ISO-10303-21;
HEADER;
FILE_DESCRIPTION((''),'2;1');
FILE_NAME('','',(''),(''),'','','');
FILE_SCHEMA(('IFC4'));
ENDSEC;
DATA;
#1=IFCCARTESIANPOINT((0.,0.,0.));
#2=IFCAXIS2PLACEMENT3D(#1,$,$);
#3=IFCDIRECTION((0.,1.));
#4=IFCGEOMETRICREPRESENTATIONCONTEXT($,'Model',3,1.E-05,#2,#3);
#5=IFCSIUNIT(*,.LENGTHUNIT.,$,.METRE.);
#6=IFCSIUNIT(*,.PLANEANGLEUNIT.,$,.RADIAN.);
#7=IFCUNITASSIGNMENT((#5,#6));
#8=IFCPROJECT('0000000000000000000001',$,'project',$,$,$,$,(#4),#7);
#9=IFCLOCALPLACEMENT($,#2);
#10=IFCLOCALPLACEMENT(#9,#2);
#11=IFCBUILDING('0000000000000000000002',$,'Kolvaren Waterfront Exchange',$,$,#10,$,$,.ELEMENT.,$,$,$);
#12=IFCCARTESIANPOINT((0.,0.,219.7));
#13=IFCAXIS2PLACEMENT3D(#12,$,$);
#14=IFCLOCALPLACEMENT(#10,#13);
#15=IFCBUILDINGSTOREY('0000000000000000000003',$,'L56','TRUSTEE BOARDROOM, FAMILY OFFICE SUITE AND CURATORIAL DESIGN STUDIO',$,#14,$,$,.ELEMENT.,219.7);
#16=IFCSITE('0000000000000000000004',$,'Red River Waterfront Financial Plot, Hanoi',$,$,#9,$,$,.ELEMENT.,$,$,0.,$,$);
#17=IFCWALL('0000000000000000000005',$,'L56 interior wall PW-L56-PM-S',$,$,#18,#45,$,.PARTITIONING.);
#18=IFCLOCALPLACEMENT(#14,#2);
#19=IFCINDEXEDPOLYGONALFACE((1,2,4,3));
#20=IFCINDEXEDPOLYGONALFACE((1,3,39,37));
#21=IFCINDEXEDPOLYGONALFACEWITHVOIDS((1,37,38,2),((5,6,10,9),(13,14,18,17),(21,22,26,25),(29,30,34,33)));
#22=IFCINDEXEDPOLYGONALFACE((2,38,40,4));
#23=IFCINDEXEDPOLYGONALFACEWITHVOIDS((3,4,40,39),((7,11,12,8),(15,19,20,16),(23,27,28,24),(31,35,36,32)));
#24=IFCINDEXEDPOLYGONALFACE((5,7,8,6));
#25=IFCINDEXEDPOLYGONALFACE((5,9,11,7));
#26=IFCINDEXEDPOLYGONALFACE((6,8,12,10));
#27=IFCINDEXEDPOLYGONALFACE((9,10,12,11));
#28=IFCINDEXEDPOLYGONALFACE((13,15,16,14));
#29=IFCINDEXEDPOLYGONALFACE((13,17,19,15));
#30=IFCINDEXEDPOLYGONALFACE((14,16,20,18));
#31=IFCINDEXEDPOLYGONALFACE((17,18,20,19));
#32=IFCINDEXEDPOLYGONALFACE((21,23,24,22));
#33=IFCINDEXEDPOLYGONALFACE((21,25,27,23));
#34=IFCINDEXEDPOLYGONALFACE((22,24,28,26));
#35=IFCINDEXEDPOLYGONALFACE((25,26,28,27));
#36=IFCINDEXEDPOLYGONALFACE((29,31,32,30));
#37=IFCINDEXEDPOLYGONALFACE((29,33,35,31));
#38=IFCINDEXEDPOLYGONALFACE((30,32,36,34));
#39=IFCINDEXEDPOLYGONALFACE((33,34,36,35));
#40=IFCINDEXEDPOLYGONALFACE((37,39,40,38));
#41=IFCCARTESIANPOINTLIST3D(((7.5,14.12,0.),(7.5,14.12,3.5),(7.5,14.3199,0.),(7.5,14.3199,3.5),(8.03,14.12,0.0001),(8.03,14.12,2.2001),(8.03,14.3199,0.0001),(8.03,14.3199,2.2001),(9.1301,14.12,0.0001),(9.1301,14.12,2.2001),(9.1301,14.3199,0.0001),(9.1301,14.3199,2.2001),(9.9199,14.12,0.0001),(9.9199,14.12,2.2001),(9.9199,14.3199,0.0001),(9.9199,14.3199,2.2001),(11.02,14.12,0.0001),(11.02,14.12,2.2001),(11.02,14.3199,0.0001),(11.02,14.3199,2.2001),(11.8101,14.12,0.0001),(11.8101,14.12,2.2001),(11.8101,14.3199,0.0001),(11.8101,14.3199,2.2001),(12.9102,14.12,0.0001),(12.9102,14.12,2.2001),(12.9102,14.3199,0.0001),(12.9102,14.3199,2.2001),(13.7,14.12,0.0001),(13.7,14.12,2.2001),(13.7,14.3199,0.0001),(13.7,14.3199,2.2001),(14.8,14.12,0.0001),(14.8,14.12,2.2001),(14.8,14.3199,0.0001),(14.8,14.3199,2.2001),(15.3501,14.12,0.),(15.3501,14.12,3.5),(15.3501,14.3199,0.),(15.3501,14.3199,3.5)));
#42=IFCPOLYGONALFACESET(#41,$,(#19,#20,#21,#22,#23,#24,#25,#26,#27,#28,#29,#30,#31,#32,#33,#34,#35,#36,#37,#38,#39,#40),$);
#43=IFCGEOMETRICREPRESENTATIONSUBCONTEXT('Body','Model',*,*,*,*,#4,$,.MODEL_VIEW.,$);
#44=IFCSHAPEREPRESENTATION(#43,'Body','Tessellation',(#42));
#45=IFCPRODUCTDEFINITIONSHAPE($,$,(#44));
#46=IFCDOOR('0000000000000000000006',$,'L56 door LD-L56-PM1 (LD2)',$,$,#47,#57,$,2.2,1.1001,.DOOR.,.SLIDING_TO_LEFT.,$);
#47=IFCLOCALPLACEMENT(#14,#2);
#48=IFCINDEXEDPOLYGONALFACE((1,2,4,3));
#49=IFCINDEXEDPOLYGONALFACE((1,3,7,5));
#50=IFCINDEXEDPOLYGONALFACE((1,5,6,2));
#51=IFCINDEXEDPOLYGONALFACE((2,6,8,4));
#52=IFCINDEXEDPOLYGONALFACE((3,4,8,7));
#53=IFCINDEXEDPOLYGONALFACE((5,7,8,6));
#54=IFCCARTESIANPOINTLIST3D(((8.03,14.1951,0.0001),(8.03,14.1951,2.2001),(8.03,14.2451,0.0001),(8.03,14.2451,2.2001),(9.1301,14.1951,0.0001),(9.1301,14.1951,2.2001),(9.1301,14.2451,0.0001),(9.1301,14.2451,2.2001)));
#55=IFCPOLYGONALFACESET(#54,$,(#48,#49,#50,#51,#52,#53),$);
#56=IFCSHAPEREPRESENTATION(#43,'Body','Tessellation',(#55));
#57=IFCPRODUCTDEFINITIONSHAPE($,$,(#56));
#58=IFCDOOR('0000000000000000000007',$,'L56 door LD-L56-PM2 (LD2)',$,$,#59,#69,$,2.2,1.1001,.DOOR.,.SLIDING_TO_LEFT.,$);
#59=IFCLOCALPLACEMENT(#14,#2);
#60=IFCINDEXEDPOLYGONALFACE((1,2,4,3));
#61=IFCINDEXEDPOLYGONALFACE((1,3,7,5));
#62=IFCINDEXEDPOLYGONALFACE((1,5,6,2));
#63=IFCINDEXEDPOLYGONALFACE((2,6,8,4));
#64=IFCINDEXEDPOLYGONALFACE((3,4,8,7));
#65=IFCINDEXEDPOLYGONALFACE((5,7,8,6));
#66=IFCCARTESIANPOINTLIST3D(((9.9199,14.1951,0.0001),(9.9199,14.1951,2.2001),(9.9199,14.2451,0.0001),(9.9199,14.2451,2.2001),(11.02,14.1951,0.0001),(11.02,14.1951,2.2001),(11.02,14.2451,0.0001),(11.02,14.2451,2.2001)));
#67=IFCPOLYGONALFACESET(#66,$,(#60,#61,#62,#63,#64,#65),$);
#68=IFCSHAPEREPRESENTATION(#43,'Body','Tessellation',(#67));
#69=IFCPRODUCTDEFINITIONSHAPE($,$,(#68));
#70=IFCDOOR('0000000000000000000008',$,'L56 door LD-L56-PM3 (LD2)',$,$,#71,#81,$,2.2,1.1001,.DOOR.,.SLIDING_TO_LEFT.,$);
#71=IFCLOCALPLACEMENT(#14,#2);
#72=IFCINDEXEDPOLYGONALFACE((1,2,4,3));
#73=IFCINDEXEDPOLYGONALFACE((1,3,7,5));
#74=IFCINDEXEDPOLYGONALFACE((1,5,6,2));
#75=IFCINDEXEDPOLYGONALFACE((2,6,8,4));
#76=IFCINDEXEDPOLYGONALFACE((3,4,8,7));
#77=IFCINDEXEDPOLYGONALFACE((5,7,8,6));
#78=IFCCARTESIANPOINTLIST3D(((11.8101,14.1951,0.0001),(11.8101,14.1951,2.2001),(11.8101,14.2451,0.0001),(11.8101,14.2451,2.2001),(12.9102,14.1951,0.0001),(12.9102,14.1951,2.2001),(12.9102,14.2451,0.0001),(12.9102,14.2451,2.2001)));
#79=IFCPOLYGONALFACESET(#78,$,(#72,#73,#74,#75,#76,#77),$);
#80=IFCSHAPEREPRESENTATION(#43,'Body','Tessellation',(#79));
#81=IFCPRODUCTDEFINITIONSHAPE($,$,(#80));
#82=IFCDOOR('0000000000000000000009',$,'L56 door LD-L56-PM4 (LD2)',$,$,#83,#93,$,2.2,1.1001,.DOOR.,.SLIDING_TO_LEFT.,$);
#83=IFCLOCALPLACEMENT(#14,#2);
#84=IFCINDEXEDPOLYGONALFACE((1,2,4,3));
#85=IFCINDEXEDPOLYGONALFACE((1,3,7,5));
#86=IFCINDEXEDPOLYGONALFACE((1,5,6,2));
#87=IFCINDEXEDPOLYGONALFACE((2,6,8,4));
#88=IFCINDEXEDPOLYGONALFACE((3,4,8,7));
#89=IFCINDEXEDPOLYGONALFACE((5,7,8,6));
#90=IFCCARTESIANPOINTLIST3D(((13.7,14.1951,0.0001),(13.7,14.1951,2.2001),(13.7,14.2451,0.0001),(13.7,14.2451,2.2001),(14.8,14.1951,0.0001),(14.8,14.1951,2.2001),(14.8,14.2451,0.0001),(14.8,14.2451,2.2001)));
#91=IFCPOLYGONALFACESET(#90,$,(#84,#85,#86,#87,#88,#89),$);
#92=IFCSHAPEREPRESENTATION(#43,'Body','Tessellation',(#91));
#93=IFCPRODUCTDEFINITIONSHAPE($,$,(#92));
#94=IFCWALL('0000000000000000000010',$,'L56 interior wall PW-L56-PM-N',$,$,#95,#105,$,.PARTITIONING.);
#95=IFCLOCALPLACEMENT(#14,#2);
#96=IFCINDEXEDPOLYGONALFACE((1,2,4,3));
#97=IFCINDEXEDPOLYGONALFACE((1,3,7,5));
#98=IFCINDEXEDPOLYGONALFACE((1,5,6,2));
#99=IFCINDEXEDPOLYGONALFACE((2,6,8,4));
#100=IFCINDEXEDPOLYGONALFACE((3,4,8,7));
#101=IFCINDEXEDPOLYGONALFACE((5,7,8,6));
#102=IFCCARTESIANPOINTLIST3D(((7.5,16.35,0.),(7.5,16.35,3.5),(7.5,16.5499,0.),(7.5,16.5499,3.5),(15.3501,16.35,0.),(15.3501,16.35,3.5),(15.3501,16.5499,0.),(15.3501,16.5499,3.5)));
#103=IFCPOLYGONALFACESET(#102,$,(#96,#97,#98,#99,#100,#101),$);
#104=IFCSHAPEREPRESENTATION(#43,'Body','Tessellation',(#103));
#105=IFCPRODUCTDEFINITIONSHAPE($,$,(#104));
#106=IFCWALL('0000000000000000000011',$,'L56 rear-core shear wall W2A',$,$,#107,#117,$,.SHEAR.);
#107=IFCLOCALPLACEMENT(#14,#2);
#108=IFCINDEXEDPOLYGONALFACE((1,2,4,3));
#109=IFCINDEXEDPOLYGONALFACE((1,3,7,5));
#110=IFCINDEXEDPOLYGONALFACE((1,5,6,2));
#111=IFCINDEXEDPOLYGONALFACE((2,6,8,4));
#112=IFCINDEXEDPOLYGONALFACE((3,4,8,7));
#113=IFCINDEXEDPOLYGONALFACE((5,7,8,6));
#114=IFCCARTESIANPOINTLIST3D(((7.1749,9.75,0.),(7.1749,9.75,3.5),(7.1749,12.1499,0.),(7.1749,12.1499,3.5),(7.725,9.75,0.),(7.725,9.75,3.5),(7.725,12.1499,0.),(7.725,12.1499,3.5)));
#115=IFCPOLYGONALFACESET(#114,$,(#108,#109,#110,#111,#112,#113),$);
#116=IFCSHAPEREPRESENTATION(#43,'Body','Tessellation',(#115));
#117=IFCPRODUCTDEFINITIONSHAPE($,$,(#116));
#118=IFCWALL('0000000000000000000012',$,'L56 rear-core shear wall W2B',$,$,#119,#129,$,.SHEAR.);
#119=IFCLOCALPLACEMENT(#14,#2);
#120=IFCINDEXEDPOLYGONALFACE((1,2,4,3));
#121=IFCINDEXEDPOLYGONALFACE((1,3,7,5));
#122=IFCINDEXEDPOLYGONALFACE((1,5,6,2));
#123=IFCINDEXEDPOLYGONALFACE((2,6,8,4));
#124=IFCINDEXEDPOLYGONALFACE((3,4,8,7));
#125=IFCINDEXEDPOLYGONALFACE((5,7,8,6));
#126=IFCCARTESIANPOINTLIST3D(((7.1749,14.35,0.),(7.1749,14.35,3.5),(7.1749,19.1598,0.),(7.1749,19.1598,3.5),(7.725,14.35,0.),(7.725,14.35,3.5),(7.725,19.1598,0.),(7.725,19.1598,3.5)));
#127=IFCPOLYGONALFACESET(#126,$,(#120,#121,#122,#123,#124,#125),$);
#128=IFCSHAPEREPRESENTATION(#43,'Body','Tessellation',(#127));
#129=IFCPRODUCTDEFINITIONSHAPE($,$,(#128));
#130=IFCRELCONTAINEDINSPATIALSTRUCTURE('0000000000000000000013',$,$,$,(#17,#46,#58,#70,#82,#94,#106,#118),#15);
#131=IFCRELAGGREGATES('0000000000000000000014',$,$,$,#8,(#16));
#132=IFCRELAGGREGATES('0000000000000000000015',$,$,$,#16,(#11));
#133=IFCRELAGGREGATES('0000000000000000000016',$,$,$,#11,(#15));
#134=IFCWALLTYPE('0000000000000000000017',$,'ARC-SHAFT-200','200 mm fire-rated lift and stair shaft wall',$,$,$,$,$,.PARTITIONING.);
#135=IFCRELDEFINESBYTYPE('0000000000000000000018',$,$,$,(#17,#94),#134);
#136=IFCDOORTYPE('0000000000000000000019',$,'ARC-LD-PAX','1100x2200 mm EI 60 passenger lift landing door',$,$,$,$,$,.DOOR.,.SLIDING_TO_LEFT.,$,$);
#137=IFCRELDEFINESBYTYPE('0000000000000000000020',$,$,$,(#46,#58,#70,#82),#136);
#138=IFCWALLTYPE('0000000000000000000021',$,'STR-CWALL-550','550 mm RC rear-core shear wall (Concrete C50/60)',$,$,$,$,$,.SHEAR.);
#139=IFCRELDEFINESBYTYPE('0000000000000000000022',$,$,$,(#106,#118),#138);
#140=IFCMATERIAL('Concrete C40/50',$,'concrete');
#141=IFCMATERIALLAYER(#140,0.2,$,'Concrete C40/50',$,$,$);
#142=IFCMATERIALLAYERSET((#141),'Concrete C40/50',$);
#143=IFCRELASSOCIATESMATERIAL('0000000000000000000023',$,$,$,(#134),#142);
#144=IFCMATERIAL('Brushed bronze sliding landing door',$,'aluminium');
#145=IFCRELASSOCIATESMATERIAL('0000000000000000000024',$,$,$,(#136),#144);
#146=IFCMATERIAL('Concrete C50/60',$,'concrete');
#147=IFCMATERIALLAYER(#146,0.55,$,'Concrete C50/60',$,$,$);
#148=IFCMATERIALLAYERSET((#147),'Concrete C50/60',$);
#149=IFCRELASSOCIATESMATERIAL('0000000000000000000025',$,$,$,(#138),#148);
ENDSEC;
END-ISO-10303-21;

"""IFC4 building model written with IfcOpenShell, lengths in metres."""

from ifc_helpers import new_model, si_unit, direction, frame, frame_2d, origin, place, context, subcontext, project, spatial, rectangle, extrude, material, layer, layer_set, type_object, element, fill, save


model = new_model("IFC4")

# Units and contexts
model_context = context("Model", 3, precision=1e-05, world=origin(), true_north=direction((0.0, 1.0)))
body_context = subcontext(model_context, "Body", "Model", "MODEL_VIEW")
ifc_project = project(units=[si_unit("LENGTHUNIT", "METRE"), si_unit("PLANEANGLEUNIT", "RADIAN")], contexts=[model_context])

# Site, building, storey
site_placement = place(None, origin())
site = spatial("IfcSite", under=ifc_project, at=site_placement, Name="Red River Waterfront Financial Plot, Hanoi", CompositionType="ELEMENT", RefElevation=0.0)
building_placement = place(site_placement, origin())
building = spatial("IfcBuilding", under=site, at=building_placement, Name="Kolvaren Waterfront Exchange", CompositionType="ELEMENT")
storey_placement = place(building_placement, frame((0.0, 0.0, 219.7)))
storey = spatial("IfcBuildingStorey", under=building, at=storey_placement, Name="L56", Description="TRUSTEE BOARDROOM, FAMILY OFFICE SUITE AND CURATORIAL DESIGN STUDIO", CompositionType="ELEMENT", Elevation=219.7)

# Wall, openings, doors
ifc_material_1 = material(Name="Concrete C40/50", Category="concrete")
ifc_layer_1 = layer(ifc_material_1, 0.2, Name="Concrete C40/50")
ifc_layer_set_1 = layer_set([ifc_layer_1], Name="Concrete C40/50")
wall_type_1 = type_object("IfcWallType", Name="ARC-SHAFT-200", Description="200 mm fire-rated lift and stair shaft wall", PredefinedType="PARTITIONING", material=ifc_layer_set_1)
wall_1_placement = place(storey_placement, frame((7.5, 14.22, 0.0), z_axis=(0.0, 0.0, 1.0), x_axis=(1.0, 0.0, 0.0)))
wall_1 = element("IfcWall", 1, at=wall_1_placement, inside=storey, type_object=wall_type_1, Name="L56 interior wall PW-L56-PM-S", PredefinedType="PARTITIONING", context=body_context, shape_type="SweptSolid", body=[
    extrude(rectangle(XDim=7.8501, YDim=0.2, at=frame_2d((3.925, 0.0))), origin(), (0.0, 0.0, 1.0), 3.5),
])
opening_1_placement = place(wall_1_placement, frame((0.53, 0.0, 0.0)))
opening_1 = element("IfcOpeningElement", 2, at=opening_1_placement, cuts=wall_1, PredefinedType="OPENING", context=body_context, shape_type="SweptSolid", body=[
    extrude(rectangle(XDim=1.1001, YDim=2.2, at=frame_2d((0.55, 1.1001))), frame((0.0, 0.1099, 0.0), z_axis=(0.0, -1.0, 0.0), x_axis=(1.0, 0.0, 0.0)), (0.0, 0.0, 1.0), 0.22),
])
opening_2_placement = place(wall_1_placement, frame((2.4199, 0.0, 0.0)))
opening_2 = element("IfcOpeningElement", 3, at=opening_2_placement, cuts=wall_1, PredefinedType="OPENING", context=body_context, shape_type="SweptSolid", body=[
    extrude(rectangle(XDim=1.1001, YDim=2.2, at=frame_2d((0.55, 1.1001))), frame((0.0, 0.1099, 0.0), z_axis=(0.0, -1.0, 0.0), x_axis=(1.0, 0.0, 0.0)), (0.0, 0.0, 1.0), 0.22),
])
opening_3_placement = place(wall_1_placement, frame((4.3101, 0.0, 0.0)))
opening_3 = element("IfcOpeningElement", 4, at=opening_3_placement, cuts=wall_1, PredefinedType="OPENING", context=body_context, shape_type="SweptSolid", body=[
    extrude(rectangle(XDim=1.1001, YDim=2.2, at=frame_2d((0.55, 1.1001))), frame((0.0, 0.1099, 0.0), z_axis=(0.0, -1.0, 0.0), x_axis=(1.0, 0.0, 0.0)), (0.0, 0.0, 1.0), 0.22),
])
opening_4_placement = place(wall_1_placement, frame((6.2, 0.0, 0.0)))
opening_4 = element("IfcOpeningElement", 5, at=opening_4_placement, cuts=wall_1, PredefinedType="OPENING", context=body_context, shape_type="SweptSolid", body=[
    extrude(rectangle(XDim=1.1001, YDim=2.2, at=frame_2d((0.55, 1.1001))), frame((0.0, 0.1099, 0.0), z_axis=(0.0, -1.0, 0.0), x_axis=(1.0, 0.0, 0.0)), (0.0, 0.0, 1.0), 0.22),
])
ifc_material_2 = material(Name="Brushed bronze sliding landing door", Category="aluminium")
door_type_1 = type_object("IfcDoorType", Name="ARC-LD-PAX", Description="1100x2200 mm EI 60 passenger lift landing door", OperationType="SLIDING_TO_LEFT", PredefinedType="DOOR", material=ifc_material_2)
door_1_placement = place(opening_1_placement, frame((1.1001, 0.0, 0.0), z_axis=(0.0, 0.0, 1.0), x_axis=(-1.0, 0.0, 0.0)))
door_1 = element("IfcDoor", 6, at=door_1_placement, inside=storey, type_object=door_type_1, Name="L56 door LD-L56-PM1 (LD2)", OperationType="SLIDING_TO_LEFT", OverallHeight=2.2, OverallWidth=1.1001, PredefinedType="DOOR", context=body_context, shape_type="SweptSolid", body=[
    extrude(rectangle(XDim=1.1001, YDim=2.2, at=frame_2d((0.55, 1.1001))), frame((0.0, 0.0249, 0.0), z_axis=(0.0, -1.0, 0.0), x_axis=(1.0, 0.0, 0.0)), (0.0, 0.0, 1.0), 0.05),
])
fill(opening_1, door_1)
door_2_placement = place(opening_2_placement, frame((1.1001, 0.0, 0.0), z_axis=(0.0, 0.0, 1.0), x_axis=(-1.0, 0.0, 0.0)))
door_2 = element("IfcDoor", 7, at=door_2_placement, inside=storey, type_object=door_type_1, Name="L56 door LD-L56-PM2 (LD2)", OperationType="SLIDING_TO_LEFT", OverallHeight=2.2, OverallWidth=1.1001, PredefinedType="DOOR", context=body_context, shape_type="SweptSolid", body=[
    extrude(rectangle(XDim=1.1001, YDim=2.2, at=frame_2d((0.55, 1.1001))), frame((0.0, 0.0249, 0.0), z_axis=(0.0, -1.0, 0.0), x_axis=(1.0, 0.0, 0.0)), (0.0, 0.0, 1.0), 0.05),
])
fill(opening_2, door_2)
door_3_placement = place(opening_3_placement, frame((1.1001, 0.0, 0.0), z_axis=(0.0, 0.0, 1.0), x_axis=(-1.0, 0.0, 0.0)))
door_3 = element("IfcDoor", 8, at=door_3_placement, inside=storey, type_object=door_type_1, Name="L56 door LD-L56-PM3 (LD2)", OperationType="SLIDING_TO_LEFT", OverallHeight=2.2, OverallWidth=1.1001, PredefinedType="DOOR", context=body_context, shape_type="SweptSolid", body=[
    extrude(rectangle(XDim=1.1001, YDim=2.2, at=frame_2d((0.55, 1.1001))), frame((0.0, 0.0249, 0.0), z_axis=(0.0, -1.0, 0.0), x_axis=(1.0, 0.0, 0.0)), (0.0, 0.0, 1.0), 0.05),
])
fill(opening_3, door_3)
door_4_placement = place(opening_4_placement, frame((1.1001, 0.0, 0.0), z_axis=(0.0, 0.0, 1.0), x_axis=(-1.0, 0.0, 0.0)))
door_4 = element("IfcDoor", 9, at=door_4_placement, inside=storey, type_object=door_type_1, Name="L56 door LD-L56-PM4 (LD2)", OperationType="SLIDING_TO_LEFT", OverallHeight=2.2, OverallWidth=1.1001, PredefinedType="DOOR", context=body_context, shape_type="SweptSolid", body=[
    extrude(rectangle(XDim=1.1001, YDim=2.2, at=frame_2d((0.55, 1.1001))), frame((0.0, 0.0249, 0.0), z_axis=(0.0, -1.0, 0.0), x_axis=(1.0, 0.0, 0.0)), (0.0, 0.0, 1.0), 0.05),
])
fill(opening_4, door_4)

# Walls
wall_2_placement = place(storey_placement, frame((7.5, 16.45, 0.0), z_axis=(0.0, 0.0, 1.0), x_axis=(1.0, 0.0, 0.0)))
element("IfcWall", 10, at=wall_2_placement, inside=storey, type_object=wall_type_1, Name="L56 interior wall PW-L56-PM-N", PredefinedType="PARTITIONING", context=body_context, shape_type="SweptSolid", body=[
    extrude(rectangle(XDim=7.8501, YDim=0.2, at=frame_2d((3.925, 0.0))), origin(), (0.0, 0.0, 1.0), 3.5),
])
ifc_material_3 = material(Name="Concrete C50/60", Category="concrete")
ifc_layer_2 = layer(ifc_material_3, 0.55, Name="Concrete C50/60")
ifc_layer_set_2 = layer_set([ifc_layer_2], Name="Concrete C50/60")
wall_type_2 = type_object("IfcWallType", Name="STR-CWALL-550", Description="550 mm RC rear-core shear wall (Concrete C50/60)", PredefinedType="SHEAR", material=ifc_layer_set_2)
wall_3_placement = place(storey_placement, frame((7.45, 9.75, 0.0), z_axis=(0.0, 0.0, 1.0), x_axis=(0.0, 1.0, 0.0)))
element("IfcWall", 11, at=wall_3_placement, inside=storey, type_object=wall_type_2, Name="L56 rear-core shear wall W2A", PredefinedType="SHEAR", context=body_context, shape_type="SweptSolid", body=[
    extrude(rectangle(XDim=2.3999, YDim=0.55, at=frame_2d((1.2, 0.0))), origin(), (0.0, 0.0, 1.0), 3.5),
])
wall_4_placement = place(storey_placement, frame((7.45, 14.3501, 0.0), z_axis=(0.0, 0.0, 1.0), x_axis=(0.0, 1.0, 0.0)))
element("IfcWall", 12, at=wall_4_placement, inside=storey, type_object=wall_type_2, Name="L56 rear-core shear wall W2B", PredefinedType="SHEAR", context=body_context, shape_type="SweptSolid", body=[
    extrude(rectangle(XDim=4.8098, YDim=0.55, at=frame_2d((2.4048, 0.0))), origin(), (0.0, 0.0, 1.0), 3.5),
])

save(model, "model.ifc")
